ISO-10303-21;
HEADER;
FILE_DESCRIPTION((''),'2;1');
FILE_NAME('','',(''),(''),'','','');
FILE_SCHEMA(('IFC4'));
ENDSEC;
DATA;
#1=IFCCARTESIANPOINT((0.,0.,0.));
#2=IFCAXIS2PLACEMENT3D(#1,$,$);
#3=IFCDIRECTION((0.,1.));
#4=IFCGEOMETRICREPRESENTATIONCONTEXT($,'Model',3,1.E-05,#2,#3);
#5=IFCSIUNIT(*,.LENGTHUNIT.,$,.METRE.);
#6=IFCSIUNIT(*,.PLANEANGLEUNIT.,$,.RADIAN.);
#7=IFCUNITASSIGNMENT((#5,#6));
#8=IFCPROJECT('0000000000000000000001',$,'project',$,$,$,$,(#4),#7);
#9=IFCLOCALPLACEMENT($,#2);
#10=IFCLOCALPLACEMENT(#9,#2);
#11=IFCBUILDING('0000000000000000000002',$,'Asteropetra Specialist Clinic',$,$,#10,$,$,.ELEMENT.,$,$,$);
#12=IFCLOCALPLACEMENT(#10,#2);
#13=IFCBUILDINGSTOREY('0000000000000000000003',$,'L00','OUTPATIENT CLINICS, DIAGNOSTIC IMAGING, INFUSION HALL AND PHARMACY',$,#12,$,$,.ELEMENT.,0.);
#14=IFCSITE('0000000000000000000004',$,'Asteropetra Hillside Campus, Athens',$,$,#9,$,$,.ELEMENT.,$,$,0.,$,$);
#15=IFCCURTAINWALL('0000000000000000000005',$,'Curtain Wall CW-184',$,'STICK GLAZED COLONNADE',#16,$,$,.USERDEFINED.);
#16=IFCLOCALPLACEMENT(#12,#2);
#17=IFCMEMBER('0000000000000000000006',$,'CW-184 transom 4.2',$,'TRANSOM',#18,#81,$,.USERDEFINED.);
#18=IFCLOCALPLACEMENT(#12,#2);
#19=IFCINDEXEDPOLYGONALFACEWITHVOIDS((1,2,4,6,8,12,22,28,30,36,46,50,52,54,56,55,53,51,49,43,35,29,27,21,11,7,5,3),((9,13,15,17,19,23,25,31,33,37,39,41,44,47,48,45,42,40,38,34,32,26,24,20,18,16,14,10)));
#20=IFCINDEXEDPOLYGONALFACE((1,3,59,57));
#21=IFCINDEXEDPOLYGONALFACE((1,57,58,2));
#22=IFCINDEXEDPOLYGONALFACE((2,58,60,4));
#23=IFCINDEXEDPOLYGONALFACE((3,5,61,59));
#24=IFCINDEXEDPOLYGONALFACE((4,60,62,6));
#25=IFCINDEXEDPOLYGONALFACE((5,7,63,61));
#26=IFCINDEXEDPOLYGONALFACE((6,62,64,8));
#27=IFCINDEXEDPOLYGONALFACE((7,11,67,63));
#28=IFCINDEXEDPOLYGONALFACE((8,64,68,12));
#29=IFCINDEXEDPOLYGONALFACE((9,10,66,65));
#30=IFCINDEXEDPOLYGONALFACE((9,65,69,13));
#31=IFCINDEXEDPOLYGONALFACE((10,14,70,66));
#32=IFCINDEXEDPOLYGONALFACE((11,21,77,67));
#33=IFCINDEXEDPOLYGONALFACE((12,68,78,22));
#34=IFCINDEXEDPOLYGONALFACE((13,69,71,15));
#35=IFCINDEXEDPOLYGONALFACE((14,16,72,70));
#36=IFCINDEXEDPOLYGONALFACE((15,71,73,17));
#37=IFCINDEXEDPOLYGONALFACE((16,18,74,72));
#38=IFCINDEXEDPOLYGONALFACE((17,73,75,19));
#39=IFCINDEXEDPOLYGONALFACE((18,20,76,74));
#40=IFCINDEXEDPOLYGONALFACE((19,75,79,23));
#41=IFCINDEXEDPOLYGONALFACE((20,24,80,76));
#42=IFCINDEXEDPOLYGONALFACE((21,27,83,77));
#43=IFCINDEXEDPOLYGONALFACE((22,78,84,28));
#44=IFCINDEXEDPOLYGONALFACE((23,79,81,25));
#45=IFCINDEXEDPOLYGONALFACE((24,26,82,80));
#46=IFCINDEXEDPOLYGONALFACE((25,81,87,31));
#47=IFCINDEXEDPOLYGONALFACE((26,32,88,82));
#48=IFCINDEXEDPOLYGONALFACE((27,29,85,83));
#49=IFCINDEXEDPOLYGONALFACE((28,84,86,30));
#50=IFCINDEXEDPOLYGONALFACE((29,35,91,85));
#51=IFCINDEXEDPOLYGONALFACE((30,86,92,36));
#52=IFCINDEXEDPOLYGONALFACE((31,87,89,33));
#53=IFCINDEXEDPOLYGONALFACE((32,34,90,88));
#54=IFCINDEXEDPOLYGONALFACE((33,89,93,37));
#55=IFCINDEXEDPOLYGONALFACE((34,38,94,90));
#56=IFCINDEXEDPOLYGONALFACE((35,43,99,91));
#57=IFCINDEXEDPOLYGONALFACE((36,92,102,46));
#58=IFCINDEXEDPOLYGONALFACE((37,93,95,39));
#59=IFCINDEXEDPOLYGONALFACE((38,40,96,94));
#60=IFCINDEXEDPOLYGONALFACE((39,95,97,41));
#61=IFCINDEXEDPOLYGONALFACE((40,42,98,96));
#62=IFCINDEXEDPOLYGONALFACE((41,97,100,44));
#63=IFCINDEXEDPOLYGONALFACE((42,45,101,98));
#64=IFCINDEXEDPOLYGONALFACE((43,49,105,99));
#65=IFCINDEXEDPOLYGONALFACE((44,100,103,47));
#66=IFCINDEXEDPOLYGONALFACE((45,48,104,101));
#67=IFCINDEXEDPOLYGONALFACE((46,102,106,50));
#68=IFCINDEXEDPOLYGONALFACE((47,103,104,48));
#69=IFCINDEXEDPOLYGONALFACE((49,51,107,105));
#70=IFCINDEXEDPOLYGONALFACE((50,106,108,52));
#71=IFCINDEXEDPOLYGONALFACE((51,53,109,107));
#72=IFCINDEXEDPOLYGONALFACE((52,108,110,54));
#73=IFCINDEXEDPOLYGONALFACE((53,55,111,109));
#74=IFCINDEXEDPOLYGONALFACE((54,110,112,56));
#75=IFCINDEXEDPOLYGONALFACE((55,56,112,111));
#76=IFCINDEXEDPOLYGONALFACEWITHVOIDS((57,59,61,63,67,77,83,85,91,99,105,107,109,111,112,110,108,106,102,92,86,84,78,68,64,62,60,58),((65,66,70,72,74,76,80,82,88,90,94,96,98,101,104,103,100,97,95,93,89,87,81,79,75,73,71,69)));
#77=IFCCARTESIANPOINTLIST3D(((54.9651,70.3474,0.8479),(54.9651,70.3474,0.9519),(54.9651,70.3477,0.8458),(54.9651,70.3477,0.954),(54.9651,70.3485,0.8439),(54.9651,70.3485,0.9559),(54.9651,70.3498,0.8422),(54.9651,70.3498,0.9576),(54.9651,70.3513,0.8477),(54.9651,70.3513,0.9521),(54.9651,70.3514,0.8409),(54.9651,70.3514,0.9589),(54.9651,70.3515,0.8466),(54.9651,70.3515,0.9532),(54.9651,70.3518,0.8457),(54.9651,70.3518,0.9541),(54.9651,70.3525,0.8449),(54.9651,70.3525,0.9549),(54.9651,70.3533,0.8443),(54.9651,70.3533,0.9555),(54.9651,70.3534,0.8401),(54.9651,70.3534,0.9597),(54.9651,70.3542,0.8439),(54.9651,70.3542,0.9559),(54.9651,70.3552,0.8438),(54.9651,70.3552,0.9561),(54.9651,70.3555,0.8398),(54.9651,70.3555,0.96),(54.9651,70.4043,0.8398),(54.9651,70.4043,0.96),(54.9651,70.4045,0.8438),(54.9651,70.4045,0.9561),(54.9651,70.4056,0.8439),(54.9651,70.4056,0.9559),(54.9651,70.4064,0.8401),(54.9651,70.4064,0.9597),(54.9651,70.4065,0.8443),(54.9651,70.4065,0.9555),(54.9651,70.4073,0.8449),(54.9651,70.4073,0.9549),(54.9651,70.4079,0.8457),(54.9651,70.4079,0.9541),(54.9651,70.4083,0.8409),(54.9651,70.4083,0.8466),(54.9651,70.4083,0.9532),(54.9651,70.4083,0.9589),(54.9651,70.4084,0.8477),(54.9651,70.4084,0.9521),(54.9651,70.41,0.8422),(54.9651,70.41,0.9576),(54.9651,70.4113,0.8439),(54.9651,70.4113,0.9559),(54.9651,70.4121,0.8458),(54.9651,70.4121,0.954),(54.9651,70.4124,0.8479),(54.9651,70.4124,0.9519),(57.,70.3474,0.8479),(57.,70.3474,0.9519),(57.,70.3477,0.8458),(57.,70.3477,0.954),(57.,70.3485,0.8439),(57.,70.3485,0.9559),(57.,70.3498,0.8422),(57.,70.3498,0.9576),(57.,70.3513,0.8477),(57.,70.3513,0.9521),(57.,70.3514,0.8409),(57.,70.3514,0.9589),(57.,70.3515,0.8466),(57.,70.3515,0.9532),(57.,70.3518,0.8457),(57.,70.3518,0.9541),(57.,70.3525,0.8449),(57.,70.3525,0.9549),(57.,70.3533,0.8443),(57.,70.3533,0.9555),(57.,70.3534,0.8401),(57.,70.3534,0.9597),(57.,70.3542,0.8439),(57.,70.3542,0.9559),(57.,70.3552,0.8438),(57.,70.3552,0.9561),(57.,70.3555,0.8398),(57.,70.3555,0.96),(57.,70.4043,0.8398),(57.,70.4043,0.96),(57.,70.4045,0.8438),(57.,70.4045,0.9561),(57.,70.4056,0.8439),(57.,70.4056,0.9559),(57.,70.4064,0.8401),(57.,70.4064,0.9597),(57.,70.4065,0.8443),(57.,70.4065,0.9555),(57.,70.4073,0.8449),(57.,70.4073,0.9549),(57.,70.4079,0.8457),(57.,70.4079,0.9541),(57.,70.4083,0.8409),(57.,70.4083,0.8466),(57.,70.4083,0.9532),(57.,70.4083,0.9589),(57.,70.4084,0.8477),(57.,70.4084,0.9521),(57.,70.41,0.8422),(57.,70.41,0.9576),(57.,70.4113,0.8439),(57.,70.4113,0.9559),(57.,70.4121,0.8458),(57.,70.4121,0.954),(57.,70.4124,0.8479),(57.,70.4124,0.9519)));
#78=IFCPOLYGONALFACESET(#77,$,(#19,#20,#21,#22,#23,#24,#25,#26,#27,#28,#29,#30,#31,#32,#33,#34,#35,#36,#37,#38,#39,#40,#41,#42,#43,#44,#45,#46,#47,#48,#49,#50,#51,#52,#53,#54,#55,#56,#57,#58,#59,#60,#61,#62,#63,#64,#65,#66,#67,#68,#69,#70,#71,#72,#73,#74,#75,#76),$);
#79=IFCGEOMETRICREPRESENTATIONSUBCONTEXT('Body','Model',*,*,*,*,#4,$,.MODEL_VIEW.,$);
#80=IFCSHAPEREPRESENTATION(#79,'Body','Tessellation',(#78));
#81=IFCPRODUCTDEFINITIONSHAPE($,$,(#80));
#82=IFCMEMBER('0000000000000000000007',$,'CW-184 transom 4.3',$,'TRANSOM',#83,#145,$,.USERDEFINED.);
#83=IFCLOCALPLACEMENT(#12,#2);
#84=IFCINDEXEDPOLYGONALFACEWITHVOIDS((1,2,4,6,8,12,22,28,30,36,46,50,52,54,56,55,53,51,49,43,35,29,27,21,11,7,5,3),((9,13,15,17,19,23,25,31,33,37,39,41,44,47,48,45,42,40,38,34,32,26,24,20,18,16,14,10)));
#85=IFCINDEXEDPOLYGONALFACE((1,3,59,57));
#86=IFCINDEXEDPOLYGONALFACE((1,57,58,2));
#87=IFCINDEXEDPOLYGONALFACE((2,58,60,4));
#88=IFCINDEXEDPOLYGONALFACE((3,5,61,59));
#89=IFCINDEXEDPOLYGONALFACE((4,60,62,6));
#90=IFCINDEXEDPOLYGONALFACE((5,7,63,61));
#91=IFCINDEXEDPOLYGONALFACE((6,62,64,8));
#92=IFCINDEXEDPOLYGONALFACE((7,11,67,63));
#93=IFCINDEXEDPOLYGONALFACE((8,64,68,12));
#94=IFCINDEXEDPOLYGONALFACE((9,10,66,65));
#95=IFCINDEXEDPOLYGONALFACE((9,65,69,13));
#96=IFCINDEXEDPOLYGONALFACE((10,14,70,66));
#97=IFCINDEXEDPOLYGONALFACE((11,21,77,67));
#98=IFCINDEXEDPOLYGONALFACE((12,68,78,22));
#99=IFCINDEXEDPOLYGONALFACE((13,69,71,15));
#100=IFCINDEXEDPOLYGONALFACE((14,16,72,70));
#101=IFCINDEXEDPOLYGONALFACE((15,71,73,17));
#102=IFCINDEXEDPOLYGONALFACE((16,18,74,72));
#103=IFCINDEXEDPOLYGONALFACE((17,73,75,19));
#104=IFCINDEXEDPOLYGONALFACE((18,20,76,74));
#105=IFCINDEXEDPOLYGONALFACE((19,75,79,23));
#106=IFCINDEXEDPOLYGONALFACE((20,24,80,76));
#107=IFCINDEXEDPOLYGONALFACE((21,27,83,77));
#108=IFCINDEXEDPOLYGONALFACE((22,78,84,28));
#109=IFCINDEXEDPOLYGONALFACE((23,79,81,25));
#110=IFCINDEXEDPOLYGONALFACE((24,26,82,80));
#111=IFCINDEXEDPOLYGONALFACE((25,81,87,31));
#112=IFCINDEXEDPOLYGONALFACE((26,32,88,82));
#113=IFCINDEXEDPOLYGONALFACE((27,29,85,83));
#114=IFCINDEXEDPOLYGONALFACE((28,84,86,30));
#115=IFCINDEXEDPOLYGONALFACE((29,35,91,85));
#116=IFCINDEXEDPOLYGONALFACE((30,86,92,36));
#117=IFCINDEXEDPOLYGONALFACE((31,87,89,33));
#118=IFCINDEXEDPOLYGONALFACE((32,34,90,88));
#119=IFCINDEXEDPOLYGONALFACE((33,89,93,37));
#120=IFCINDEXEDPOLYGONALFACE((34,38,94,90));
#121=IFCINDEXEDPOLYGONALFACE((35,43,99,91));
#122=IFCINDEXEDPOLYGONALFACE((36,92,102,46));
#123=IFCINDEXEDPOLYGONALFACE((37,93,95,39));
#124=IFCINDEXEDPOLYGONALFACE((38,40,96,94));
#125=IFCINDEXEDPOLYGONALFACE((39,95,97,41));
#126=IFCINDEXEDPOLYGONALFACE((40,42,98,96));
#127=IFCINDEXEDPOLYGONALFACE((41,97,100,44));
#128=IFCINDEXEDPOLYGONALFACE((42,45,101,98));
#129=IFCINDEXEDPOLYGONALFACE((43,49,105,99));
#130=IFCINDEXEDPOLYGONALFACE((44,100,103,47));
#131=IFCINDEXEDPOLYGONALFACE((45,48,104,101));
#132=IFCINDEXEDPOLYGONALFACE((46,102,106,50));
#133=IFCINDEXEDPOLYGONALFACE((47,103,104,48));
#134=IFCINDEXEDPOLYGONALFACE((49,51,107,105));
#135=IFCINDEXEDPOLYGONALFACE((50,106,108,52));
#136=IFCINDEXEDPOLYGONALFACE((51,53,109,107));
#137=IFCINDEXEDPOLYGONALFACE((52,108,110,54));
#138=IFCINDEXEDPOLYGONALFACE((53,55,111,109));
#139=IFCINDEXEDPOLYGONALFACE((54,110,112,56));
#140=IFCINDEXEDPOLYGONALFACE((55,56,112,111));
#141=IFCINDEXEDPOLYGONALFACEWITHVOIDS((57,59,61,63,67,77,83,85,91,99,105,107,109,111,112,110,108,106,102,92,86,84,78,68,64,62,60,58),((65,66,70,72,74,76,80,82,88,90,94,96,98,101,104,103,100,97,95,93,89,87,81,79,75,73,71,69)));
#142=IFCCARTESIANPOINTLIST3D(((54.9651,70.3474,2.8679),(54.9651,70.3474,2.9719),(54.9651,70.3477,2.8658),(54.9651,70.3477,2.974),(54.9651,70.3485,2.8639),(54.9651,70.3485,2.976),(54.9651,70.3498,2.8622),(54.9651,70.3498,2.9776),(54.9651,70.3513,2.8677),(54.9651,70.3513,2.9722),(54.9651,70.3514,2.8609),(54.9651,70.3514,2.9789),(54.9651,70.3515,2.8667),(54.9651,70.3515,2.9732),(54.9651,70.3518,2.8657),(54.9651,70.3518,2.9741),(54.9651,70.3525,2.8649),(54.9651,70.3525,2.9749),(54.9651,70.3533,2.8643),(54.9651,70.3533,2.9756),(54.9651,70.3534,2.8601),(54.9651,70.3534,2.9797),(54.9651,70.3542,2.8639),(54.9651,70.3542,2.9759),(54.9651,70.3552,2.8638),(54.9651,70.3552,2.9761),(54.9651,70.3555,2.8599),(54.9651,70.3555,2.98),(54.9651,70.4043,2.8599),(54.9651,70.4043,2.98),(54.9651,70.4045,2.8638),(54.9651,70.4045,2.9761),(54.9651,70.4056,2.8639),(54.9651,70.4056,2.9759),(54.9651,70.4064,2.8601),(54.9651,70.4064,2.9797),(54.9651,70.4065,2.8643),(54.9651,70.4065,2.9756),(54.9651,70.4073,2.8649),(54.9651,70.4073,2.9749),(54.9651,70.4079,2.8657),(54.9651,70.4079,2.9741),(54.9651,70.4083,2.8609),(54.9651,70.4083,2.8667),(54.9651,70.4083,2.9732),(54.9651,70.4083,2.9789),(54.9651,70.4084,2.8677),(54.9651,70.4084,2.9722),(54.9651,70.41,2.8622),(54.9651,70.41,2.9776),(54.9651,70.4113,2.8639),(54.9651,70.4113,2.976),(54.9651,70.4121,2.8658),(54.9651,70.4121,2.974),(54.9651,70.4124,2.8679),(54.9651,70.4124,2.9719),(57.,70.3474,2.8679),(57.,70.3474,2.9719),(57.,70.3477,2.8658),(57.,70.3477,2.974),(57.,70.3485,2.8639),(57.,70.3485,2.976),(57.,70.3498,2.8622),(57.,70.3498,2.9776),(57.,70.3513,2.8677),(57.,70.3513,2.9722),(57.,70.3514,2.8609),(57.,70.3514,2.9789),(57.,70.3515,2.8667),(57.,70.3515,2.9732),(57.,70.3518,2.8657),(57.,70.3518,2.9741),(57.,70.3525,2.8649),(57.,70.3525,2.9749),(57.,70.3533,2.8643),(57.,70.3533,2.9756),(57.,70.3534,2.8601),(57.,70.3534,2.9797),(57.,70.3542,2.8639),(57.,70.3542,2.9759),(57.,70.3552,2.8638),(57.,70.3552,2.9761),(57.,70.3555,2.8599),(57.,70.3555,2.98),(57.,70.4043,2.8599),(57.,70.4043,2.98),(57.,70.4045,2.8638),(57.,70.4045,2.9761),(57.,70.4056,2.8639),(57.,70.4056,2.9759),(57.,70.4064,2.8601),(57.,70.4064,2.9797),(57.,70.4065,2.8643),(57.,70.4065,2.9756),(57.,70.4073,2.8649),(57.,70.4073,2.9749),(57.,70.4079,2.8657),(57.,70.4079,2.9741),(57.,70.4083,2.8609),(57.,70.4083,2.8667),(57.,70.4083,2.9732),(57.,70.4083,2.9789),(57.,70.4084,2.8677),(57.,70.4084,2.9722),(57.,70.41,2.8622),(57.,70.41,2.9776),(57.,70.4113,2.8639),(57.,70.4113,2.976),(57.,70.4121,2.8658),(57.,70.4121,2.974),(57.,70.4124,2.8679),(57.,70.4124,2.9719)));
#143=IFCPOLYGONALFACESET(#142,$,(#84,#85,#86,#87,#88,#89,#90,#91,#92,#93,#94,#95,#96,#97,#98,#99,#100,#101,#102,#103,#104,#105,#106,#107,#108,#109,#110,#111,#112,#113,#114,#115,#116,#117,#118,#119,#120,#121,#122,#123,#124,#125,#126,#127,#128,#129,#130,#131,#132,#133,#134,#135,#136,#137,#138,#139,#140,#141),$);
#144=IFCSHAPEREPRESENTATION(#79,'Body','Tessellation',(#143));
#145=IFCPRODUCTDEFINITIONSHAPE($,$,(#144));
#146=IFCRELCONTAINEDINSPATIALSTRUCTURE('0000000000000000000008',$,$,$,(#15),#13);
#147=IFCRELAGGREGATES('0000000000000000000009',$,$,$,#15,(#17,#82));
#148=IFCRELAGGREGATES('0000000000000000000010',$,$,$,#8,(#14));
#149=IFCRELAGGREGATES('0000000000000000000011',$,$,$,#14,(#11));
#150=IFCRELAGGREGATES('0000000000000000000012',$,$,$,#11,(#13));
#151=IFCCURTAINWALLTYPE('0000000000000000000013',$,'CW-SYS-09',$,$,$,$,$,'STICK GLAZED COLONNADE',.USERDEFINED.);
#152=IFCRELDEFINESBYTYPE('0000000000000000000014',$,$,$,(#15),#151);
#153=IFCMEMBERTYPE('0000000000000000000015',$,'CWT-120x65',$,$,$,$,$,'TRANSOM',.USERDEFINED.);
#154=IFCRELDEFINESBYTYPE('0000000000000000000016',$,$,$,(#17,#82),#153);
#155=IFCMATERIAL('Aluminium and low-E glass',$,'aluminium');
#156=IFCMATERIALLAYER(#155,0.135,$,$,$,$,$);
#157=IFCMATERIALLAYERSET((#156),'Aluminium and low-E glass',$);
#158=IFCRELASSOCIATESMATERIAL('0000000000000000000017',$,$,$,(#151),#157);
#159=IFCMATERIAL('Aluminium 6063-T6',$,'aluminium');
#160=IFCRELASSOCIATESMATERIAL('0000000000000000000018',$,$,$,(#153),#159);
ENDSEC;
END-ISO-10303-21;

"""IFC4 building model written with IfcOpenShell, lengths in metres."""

from ifc_helpers import new_model, si_unit, direction, frame, origin, origin_2d, place, context, subcontext, project, spatial, hollow_rectangle, extrude, material, layer, layer_set, material_profile, profile_set, type_object, element, aggregate, save


model = new_model("IFC4")

# Units and contexts
model_context = context("Model", 3, precision=1e-05, world=origin(), true_north=direction((0.0, 1.0)))
body_context = subcontext(model_context, "Body", "Model", "MODEL_VIEW")
ifc_project = project(units=[si_unit("LENGTHUNIT", "METRE"), si_unit("PLANEANGLEUNIT", "RADIAN")], contexts=[model_context])

# Site, building, storey
site_placement = place(None, origin())
site = spatial("IfcSite", under=ifc_project, at=site_placement, Name="Asteropetra Hillside Campus, Athens", CompositionType="ELEMENT", RefElevation=0.0)
building_placement = place(site_placement, origin())
building = spatial("IfcBuilding", under=site, at=building_placement, Name="Asteropetra Specialist Clinic", CompositionType="ELEMENT")
storey_placement = place(building_placement, origin())
storey = spatial("IfcBuildingStorey", under=building, at=storey_placement, Name="L00", Description="OUTPATIENT CLINICS, DIAGNOSTIC IMAGING, INFUSION HALL AND PHARMACY", CompositionType="ELEMENT", Elevation=0.0)

# Curtain wall
ifc_material_1 = material(Name="Aluminium and low-E glass", Category="aluminium")
ifc_layer_1 = layer(ifc_material_1, 0.135)
ifc_layer_set_1 = layer_set([ifc_layer_1], Name="Aluminium and low-E glass")
curtain_wall_type_1 = type_object("IfcCurtainWallType", Name="CW-SYS-09", ElementType="STICK GLAZED COLONNADE", PredefinedType="USERDEFINED", material=ifc_layer_set_1)
curtain_wall_1_placement = place(storey_placement, origin())
curtain_wall_1 = element("IfcCurtainWall", 1, at=curtain_wall_1_placement, inside=storey, type_object=curtain_wall_type_1, Name="Curtain Wall CW-184", ObjectType="STICK GLAZED COLONNADE", PredefinedType="USERDEFINED")

# Members
ifc_material_2 = material(Name="Aluminium 6063-T6", Category="aluminium")
ifc_material_profile_1 = material_profile(ifc_material_2, hollow_rectangle(XDim=0.0649, YDim=0.1201, WallThickness=0.0039, InnerFilletRadius=0.0039, OuterFilletRadius=0.0081, at=origin_2d()), Name="TRN 120x65x4.0")
ifc_profile_set_1 = profile_set([ifc_material_profile_1], Name="Aluminium 6063-T6")
member_type_1 = type_object("IfcMemberType", Name="CWT-120x65", ElementType="TRANSOM", PredefinedType="USERDEFINED", material=ifc_profile_set_1)
member_1_placement = place(storey_placement, frame((54.9651, 70.3799, 0.8999), z_axis=(1.0, 0.0, 0.0), x_axis=(0.0, 1.0, 0.0)))
member_1 = element("IfcMember", 2, at=member_1_placement, type_object=member_type_1, Name="CW-184 transom 4.2", ObjectType="TRANSOM", PredefinedType="USERDEFINED", context=body_context, shape_type="SweptSolid", body=[
    extrude(hollow_rectangle(XDim=0.0649, YDim=0.1201, WallThickness=0.0039, InnerFilletRadius=0.0039, OuterFilletRadius=0.0081, at=origin_2d()), origin(), (0.0, 0.0, 1.0), 2.0349),
])
member_2_placement = place(storey_placement, frame((54.9651, 70.3799, 2.9199), z_axis=(1.0, 0.0, 0.0), x_axis=(0.0, 1.0, 0.0)))
member_2 = element("IfcMember", 3, at=member_2_placement, type_object=member_type_1, Name="CW-184 transom 4.3", ObjectType="TRANSOM", PredefinedType="USERDEFINED", context=body_context, shape_type="SweptSolid", body=[
    extrude(hollow_rectangle(XDim=0.0649, YDim=0.1201, WallThickness=0.0039, InnerFilletRadius=0.0039, OuterFilletRadius=0.0081, at=origin_2d()), origin(), (0.0, 0.0, 1.0), 2.0349),
])

aggregate(curtain_wall_1, [member_1, member_2])

save(model, "model.ifc")
